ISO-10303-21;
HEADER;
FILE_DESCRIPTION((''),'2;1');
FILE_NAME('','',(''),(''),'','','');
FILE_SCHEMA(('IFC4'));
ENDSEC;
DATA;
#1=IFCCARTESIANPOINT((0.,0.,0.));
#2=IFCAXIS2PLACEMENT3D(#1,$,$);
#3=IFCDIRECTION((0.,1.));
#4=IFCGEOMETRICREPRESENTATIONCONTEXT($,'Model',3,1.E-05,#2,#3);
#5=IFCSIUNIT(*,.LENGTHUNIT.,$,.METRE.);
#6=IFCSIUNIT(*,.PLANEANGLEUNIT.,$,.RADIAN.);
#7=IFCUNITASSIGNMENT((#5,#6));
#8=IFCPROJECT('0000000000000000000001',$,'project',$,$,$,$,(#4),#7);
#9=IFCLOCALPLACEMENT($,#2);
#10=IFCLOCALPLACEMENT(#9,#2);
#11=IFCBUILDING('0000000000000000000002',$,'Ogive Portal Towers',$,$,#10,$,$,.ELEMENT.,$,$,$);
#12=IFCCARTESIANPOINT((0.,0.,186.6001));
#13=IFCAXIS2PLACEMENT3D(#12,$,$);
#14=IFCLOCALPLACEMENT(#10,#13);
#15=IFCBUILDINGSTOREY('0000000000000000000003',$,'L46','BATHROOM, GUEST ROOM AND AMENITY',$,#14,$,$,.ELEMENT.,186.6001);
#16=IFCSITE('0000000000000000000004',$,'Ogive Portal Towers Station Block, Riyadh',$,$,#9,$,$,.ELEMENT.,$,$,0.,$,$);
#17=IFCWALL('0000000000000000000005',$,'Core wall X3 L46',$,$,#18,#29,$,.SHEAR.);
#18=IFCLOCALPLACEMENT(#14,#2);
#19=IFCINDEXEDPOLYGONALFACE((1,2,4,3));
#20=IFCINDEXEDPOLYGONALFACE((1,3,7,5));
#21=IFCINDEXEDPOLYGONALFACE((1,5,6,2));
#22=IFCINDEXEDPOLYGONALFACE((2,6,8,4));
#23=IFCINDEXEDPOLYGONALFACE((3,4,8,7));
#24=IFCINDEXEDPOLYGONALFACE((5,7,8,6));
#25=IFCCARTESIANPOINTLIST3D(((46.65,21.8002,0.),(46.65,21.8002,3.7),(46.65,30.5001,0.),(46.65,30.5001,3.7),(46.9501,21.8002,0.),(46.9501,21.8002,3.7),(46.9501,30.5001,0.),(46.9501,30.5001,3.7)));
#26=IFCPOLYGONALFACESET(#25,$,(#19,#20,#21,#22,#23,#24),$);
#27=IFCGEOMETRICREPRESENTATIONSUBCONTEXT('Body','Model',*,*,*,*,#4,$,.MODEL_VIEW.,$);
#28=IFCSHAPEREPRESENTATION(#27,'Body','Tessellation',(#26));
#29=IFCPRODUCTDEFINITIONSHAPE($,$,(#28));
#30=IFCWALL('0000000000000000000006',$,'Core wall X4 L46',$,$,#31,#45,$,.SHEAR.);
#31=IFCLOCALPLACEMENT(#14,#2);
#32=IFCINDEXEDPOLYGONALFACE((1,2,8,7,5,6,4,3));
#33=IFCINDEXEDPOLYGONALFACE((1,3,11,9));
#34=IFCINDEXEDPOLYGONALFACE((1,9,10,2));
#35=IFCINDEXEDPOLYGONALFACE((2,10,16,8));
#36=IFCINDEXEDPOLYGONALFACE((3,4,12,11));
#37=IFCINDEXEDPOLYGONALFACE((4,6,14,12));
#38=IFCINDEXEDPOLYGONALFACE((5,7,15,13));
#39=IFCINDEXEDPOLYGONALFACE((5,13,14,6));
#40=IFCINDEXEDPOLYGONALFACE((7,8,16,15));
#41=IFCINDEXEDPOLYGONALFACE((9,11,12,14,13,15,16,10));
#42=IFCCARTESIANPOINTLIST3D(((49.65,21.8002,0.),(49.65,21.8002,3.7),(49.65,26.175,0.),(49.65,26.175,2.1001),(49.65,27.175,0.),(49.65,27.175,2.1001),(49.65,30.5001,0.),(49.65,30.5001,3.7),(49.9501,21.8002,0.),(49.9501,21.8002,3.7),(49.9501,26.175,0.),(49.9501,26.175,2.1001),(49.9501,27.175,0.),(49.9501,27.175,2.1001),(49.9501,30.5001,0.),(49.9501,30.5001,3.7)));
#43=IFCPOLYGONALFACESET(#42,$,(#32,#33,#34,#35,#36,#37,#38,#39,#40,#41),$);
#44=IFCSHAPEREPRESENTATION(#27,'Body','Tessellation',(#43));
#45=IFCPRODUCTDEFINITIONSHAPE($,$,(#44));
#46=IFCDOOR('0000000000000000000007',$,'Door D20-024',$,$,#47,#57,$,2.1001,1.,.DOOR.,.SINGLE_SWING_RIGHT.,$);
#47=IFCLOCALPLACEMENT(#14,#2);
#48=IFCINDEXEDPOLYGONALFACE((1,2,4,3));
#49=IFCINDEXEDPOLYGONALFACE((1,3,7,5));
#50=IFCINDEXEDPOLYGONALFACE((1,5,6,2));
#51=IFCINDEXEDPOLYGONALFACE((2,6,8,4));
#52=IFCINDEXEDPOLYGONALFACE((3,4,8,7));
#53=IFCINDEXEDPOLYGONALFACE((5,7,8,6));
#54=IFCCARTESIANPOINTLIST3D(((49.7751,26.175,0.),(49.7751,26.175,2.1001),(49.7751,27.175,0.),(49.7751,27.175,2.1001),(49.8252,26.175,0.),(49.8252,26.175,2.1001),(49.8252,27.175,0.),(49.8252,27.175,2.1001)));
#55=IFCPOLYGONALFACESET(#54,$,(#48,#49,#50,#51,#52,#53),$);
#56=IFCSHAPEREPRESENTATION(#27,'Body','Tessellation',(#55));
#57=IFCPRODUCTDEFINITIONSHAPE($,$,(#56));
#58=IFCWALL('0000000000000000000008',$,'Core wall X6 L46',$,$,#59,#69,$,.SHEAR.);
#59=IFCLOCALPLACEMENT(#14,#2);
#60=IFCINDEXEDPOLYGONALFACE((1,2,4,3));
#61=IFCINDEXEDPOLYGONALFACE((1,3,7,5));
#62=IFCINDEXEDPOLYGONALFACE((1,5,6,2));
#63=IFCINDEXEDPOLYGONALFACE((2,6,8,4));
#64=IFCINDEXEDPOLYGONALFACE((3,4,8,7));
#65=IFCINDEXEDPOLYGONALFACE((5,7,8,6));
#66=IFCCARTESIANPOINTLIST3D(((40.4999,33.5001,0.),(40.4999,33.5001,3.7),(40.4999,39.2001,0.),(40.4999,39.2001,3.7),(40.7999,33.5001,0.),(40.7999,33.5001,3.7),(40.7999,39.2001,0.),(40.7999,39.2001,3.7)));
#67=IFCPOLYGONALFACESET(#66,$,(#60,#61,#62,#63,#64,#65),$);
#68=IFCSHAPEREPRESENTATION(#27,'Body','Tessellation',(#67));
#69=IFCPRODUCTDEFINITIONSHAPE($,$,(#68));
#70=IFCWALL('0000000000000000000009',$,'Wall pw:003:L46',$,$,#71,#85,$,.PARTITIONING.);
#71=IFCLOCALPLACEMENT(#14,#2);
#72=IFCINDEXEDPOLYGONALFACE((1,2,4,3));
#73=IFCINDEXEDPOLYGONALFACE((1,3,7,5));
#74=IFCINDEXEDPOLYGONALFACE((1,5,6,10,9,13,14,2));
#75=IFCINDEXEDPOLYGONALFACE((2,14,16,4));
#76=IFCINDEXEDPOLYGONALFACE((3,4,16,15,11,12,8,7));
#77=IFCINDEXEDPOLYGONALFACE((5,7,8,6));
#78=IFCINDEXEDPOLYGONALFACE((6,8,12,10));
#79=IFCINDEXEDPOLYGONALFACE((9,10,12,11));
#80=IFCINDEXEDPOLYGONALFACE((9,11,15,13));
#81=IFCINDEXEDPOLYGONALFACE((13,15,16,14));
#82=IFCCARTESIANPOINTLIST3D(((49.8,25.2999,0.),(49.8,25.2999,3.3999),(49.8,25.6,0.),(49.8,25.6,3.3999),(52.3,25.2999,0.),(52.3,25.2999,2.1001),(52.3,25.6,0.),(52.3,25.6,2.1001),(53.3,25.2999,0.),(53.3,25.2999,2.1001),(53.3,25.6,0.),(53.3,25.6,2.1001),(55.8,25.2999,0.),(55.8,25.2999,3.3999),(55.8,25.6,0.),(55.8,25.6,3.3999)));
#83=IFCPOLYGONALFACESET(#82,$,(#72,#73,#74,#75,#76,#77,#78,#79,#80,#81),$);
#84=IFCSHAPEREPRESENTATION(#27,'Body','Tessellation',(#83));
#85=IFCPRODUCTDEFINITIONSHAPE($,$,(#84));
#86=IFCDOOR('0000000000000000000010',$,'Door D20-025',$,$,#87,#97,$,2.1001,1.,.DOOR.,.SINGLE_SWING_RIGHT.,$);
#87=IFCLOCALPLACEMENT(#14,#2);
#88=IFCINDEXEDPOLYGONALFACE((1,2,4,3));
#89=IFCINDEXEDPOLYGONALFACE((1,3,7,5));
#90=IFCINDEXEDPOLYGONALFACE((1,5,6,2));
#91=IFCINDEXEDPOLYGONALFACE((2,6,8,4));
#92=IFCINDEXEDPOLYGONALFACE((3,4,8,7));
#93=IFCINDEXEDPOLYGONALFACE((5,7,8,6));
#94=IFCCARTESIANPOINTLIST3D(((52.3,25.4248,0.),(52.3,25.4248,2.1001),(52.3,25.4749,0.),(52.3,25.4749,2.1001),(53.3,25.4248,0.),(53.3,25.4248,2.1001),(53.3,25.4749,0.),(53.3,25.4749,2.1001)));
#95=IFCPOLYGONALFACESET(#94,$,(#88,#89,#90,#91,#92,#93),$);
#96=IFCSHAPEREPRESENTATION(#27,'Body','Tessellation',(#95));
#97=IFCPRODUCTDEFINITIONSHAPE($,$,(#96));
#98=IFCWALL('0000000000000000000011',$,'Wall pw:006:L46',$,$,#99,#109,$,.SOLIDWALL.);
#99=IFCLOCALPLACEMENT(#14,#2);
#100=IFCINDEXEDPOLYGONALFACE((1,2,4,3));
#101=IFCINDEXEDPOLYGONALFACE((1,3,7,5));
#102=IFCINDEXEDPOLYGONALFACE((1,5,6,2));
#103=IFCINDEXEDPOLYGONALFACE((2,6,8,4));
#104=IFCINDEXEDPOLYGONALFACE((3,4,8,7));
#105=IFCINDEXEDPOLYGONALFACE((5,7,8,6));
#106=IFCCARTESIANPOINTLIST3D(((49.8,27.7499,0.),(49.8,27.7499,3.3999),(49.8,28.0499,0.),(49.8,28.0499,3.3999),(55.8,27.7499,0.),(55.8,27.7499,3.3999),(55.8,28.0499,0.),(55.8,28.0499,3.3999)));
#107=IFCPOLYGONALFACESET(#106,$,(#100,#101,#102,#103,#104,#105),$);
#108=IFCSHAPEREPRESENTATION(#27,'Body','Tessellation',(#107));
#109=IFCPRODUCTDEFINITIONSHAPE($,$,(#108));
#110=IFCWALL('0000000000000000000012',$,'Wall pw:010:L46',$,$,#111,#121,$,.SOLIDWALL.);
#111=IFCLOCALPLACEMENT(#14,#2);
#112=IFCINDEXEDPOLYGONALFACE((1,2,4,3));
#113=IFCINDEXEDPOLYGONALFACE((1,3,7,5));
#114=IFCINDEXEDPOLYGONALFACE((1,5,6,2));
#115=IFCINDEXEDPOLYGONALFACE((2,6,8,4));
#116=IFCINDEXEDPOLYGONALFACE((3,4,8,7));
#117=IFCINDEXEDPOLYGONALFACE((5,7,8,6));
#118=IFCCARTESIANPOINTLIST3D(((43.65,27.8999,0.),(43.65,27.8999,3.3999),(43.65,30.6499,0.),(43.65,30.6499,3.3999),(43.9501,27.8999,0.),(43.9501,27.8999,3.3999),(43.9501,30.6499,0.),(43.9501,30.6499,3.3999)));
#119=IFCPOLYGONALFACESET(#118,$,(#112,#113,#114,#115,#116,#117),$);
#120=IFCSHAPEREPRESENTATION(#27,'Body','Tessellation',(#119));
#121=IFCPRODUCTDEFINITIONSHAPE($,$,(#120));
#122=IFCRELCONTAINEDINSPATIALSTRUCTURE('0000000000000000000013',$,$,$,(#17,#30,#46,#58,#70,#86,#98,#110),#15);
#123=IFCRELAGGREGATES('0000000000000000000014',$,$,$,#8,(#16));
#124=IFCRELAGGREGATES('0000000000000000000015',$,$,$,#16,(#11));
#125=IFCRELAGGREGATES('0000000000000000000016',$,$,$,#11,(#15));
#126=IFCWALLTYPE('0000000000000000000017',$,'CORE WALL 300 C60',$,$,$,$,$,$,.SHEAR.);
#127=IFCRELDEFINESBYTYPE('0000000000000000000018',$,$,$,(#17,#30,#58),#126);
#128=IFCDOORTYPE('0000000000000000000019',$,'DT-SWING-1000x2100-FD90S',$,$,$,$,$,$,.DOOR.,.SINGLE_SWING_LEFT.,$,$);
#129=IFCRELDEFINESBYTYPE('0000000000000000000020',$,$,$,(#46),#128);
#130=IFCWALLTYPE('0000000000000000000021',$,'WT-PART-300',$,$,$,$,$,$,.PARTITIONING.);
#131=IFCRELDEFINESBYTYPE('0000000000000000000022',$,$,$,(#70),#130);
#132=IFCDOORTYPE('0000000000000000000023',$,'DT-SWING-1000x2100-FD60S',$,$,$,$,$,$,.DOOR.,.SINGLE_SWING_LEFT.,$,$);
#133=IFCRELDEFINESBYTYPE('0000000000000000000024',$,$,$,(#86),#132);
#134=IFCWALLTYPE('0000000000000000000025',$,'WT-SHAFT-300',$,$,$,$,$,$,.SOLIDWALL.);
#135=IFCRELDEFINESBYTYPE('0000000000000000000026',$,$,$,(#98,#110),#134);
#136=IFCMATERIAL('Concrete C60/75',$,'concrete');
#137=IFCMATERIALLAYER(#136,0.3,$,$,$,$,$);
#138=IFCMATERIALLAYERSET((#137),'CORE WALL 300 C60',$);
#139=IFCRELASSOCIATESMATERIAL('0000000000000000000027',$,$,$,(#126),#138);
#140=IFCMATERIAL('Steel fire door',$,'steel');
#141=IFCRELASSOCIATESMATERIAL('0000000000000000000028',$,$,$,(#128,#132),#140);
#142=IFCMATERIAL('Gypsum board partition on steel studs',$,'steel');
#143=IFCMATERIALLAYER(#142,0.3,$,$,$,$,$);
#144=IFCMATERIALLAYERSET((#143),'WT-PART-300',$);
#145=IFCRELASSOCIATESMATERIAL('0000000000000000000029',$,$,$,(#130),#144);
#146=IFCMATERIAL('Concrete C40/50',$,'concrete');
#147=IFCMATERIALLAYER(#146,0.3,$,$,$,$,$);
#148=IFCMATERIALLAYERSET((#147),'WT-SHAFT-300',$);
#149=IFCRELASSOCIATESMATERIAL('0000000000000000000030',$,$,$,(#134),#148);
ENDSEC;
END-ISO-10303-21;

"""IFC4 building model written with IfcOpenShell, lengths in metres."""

from ifc_helpers import new_model, si_unit, direction, frame, frame_2d, origin, place, context, subcontext, project, spatial, rectangle, extrude, material, layer, layer_set, type_object, element, fill, save


model = new_model("IFC4")

# Units and contexts
model_context = context("Model", 3, precision=1e-05, world=origin(), true_north=direction((0.0, 1.0)))
body_context = subcontext(model_context, "Body", "Model", "MODEL_VIEW")
ifc_project = project(units=[si_unit("LENGTHUNIT", "METRE"), si_unit("PLANEANGLEUNIT", "RADIAN")], contexts=[model_context])

# Site, building, storey
site_placement = place(None, origin())
site = spatial("IfcSite", under=ifc_project, at=site_placement, Name="Ogive Portal Towers Station Block, Riyadh", CompositionType="ELEMENT", RefElevation=0.0)
building_placement = place(site_placement, origin())
building = spatial("IfcBuilding", under=site, at=building_placement, Name="Ogive Portal Towers", CompositionType="ELEMENT")
storey_placement = place(building_placement, frame((0.0, 0.0, 186.6001)))
storey = spatial("IfcBuildingStorey", under=building, at=storey_placement, Name="L46", Description="BATHROOM, GUEST ROOM AND AMENITY", CompositionType="ELEMENT", Elevation=186.6001)

# Wall
ifc_material_1 = material(Name="Concrete C60/75", Category="concrete")
ifc_layer_1 = layer(ifc_material_1, 0.3)
ifc_layer_set_1 = layer_set([ifc_layer_1], Name="CORE WALL 300 C60")
wall_type_1 = type_object("IfcWallType", Name="CORE WALL 300 C60", PredefinedType="SHEAR", material=ifc_layer_set_1)
wall_1_placement = place(storey_placement, frame((46.8, 21.8, 0.0), z_axis=(0.0, 0.0, 1.0), x_axis=(0.0, 1.0, 0.0)))
element("IfcWall", 1, at=wall_1_placement, inside=storey, type_object=wall_type_1, Name="Core wall X3 L46", PredefinedType="SHEAR", context=body_context, shape_type="SweptSolid", body=[
    extrude(rectangle(XDim=8.7, YDim=0.3, at=frame_2d((4.3501, 0.0))), origin(), (0.0, 0.0, 1.0), 3.7),
])

# Wall, opening, door
wall_2_placement = place(storey_placement, frame((49.8, 21.8, 0.0), z_axis=(0.0, 0.0, 1.0), x_axis=(0.0, 1.0, 0.0)))
wall_2 = element("IfcWall", 2, at=wall_2_placement, inside=storey, type_object=wall_type_1, Name="Core wall X4 L46", PredefinedType="SHEAR", context=body_context, shape_type="SweptSolid", body=[
    extrude(rectangle(XDim=8.7, YDim=0.3, at=frame_2d((4.3501, 0.0))), origin(), (0.0, 0.0, 1.0), 3.7),
])
opening_1_placement = place(wall_2_placement, frame((4.375, 0.0, 0.0)))
opening_1 = element("IfcOpeningElement", 3, at=opening_1_placement, cuts=wall_2, PredefinedType="OPENING", context=body_context, shape_type="SweptSolid", body=[
    extrude(rectangle(XDim=1.0, YDim=2.1001, at=frame_2d((0.5, 1.05))), frame((0.0, 0.1602, 0.0), z_axis=(0.0, -1.0, 0.0), x_axis=(1.0, 0.0, 0.0)), (0.0, 0.0, 1.0), 0.3201),
])
ifc_material_2 = material(Name="Steel fire door", Category="steel")
door_type_1 = type_object("IfcDoorType", Name="DT-SWING-1000x2100-FD90S", OperationType="SINGLE_SWING_LEFT", PredefinedType="DOOR", material=ifc_material_2)
door_1_placement = place(opening_1_placement, origin())
door_1 = element("IfcDoor", 4, at=door_1_placement, inside=storey, type_object=door_type_1, Name="Door D20-024", OperationType="SINGLE_SWING_RIGHT", OverallHeight=2.1001, OverallWidth=1.0, PredefinedType="DOOR", context=body_context, shape_type="SweptSolid", body=[
    extrude(rectangle(XDim=1.0, YDim=2.1001, at=frame_2d((0.5, 1.05))), frame((0.0, 0.0249, 0.0), z_axis=(0.0, -1.0, 0.0), x_axis=(1.0, 0.0, 0.0)), (0.0, 0.0, 1.0), 0.05),
])
fill(opening_1, door_1)

# Wall
wall_3_placement = place(storey_placement, frame((40.6499, 33.5, 0.0), z_axis=(0.0, 0.0, 1.0), x_axis=(0.0, 1.0, 0.0)))
element("IfcWall", 5, at=wall_3_placement, inside=storey, type_object=wall_type_1, Name="Core wall X6 L46", PredefinedType="SHEAR", context=body_context, shape_type="SweptSolid", body=[
    extrude(rectangle(XDim=5.7, YDim=0.3, at=frame_2d((2.8501, 0.0))), origin(), (0.0, 0.0, 1.0), 3.7),
])

# Wall, opening, door
ifc_material_3 = material(Name="Gypsum board partition on steel studs", Category="steel")
ifc_layer_2 = layer(ifc_material_3, 0.3)
ifc_layer_set_2 = layer_set([ifc_layer_2], Name="WT-PART-300")
wall_type_2 = type_object("IfcWallType", Name="WT-PART-300", PredefinedType="PARTITIONING", material=ifc_layer_set_2)
wall_4_placement = place(storey_placement, frame((49.8, 25.45, 0.0), z_axis=(0.0, 0.0, 1.0), x_axis=(1.0, 0.0, 0.0)))
wall_4 = element("IfcWall", 6, at=wall_4_placement, inside=storey, type_object=wall_type_2, Name="Wall pw:003:L46", PredefinedType="PARTITIONING", context=body_context, shape_type="SweptSolid", body=[
    extrude(rectangle(XDim=6.0, YDim=0.3, at=frame_2d((3.0, 0.0))), origin(), (0.0, 0.0, 1.0), 3.3999),
])
opening_2_placement = place(wall_4_placement, frame((2.5, 0.0, 0.0)))
opening_2 = element("IfcOpeningElement", 7, at=opening_2_placement, cuts=wall_4, PredefinedType="OPENING", context=body_context, shape_type="SweptSolid", body=[
    extrude(rectangle(XDim=1.0, YDim=2.1001, at=frame_2d((0.5, 1.05))), frame((0.0, 0.1602, 0.0), z_axis=(0.0, -1.0, 0.0), x_axis=(1.0, 0.0, 0.0)), (0.0, 0.0, 1.0), 0.3201),
])
door_type_2 = type_object("IfcDoorType", Name="DT-SWING-1000x2100-FD60S", OperationType="SINGLE_SWING_LEFT", PredefinedType="DOOR", material=ifc_material_2)
door_2_placement = place(opening_2_placement, origin())
door_2 = element("IfcDoor", 8, at=door_2_placement, inside=storey, type_object=door_type_2, Name="Door D20-025", OperationType="SINGLE_SWING_RIGHT", OverallHeight=2.1001, OverallWidth=1.0, PredefinedType="DOOR", context=body_context, shape_type="SweptSolid", body=[
    extrude(rectangle(XDim=1.0, YDim=2.1001, at=frame_2d((0.5, 1.05))), frame((0.0, 0.0249, 0.0), z_axis=(0.0, -1.0, 0.0), x_axis=(1.0, 0.0, 0.0)), (0.0, 0.0, 1.0), 0.05),
])
fill(opening_2, door_2)

# Shared definitions
ifc_material_4 = material(Name="Concrete C40/50", Category="concrete")
ifc_layer_3 = layer(ifc_material_4, 0.3)
ifc_layer_set_3 = layer_set([ifc_layer_3], Name="WT-SHAFT-300")
wall_type_3 = type_object("IfcWallType", Name="WT-SHAFT-300", PredefinedType="SOLIDWALL", material=ifc_layer_set_3)

# Walls
wall_5_placement = place(storey_placement, frame((49.8, 27.8999, 0.0), z_axis=(0.0, 0.0, 1.0), x_axis=(1.0, 0.0, 0.0)))
element("IfcWall", 9, at=wall_5_placement, inside=storey, type_object=wall_type_3, Name="Wall pw:006:L46", PredefinedType="SOLIDWALL", context=body_context, shape_type="SweptSolid", body=[
    extrude(rectangle(XDim=6.0, YDim=0.3, at=frame_2d((3.0, 0.0))), origin(), (0.0, 0.0, 1.0), 3.3999),
])
wall_6_placement = place(storey_placement, frame((43.8, 27.8999, 0.0), z_axis=(0.0, 0.0, 1.0), x_axis=(0.0, 1.0, 0.0)))
element("IfcWall", 10, at=wall_6_placement, inside=storey, type_object=wall_type_3, Name="Wall pw:010:L46", PredefinedType="SOLIDWALL", context=body_context, shape_type="SweptSolid", body=[
    extrude(rectangle(XDim=2.75, YDim=0.3, at=frame_2d((1.375, 0.0))), origin(), (0.0, 0.0, 1.0), 3.3999),
])

save(model, "model.ifc")
